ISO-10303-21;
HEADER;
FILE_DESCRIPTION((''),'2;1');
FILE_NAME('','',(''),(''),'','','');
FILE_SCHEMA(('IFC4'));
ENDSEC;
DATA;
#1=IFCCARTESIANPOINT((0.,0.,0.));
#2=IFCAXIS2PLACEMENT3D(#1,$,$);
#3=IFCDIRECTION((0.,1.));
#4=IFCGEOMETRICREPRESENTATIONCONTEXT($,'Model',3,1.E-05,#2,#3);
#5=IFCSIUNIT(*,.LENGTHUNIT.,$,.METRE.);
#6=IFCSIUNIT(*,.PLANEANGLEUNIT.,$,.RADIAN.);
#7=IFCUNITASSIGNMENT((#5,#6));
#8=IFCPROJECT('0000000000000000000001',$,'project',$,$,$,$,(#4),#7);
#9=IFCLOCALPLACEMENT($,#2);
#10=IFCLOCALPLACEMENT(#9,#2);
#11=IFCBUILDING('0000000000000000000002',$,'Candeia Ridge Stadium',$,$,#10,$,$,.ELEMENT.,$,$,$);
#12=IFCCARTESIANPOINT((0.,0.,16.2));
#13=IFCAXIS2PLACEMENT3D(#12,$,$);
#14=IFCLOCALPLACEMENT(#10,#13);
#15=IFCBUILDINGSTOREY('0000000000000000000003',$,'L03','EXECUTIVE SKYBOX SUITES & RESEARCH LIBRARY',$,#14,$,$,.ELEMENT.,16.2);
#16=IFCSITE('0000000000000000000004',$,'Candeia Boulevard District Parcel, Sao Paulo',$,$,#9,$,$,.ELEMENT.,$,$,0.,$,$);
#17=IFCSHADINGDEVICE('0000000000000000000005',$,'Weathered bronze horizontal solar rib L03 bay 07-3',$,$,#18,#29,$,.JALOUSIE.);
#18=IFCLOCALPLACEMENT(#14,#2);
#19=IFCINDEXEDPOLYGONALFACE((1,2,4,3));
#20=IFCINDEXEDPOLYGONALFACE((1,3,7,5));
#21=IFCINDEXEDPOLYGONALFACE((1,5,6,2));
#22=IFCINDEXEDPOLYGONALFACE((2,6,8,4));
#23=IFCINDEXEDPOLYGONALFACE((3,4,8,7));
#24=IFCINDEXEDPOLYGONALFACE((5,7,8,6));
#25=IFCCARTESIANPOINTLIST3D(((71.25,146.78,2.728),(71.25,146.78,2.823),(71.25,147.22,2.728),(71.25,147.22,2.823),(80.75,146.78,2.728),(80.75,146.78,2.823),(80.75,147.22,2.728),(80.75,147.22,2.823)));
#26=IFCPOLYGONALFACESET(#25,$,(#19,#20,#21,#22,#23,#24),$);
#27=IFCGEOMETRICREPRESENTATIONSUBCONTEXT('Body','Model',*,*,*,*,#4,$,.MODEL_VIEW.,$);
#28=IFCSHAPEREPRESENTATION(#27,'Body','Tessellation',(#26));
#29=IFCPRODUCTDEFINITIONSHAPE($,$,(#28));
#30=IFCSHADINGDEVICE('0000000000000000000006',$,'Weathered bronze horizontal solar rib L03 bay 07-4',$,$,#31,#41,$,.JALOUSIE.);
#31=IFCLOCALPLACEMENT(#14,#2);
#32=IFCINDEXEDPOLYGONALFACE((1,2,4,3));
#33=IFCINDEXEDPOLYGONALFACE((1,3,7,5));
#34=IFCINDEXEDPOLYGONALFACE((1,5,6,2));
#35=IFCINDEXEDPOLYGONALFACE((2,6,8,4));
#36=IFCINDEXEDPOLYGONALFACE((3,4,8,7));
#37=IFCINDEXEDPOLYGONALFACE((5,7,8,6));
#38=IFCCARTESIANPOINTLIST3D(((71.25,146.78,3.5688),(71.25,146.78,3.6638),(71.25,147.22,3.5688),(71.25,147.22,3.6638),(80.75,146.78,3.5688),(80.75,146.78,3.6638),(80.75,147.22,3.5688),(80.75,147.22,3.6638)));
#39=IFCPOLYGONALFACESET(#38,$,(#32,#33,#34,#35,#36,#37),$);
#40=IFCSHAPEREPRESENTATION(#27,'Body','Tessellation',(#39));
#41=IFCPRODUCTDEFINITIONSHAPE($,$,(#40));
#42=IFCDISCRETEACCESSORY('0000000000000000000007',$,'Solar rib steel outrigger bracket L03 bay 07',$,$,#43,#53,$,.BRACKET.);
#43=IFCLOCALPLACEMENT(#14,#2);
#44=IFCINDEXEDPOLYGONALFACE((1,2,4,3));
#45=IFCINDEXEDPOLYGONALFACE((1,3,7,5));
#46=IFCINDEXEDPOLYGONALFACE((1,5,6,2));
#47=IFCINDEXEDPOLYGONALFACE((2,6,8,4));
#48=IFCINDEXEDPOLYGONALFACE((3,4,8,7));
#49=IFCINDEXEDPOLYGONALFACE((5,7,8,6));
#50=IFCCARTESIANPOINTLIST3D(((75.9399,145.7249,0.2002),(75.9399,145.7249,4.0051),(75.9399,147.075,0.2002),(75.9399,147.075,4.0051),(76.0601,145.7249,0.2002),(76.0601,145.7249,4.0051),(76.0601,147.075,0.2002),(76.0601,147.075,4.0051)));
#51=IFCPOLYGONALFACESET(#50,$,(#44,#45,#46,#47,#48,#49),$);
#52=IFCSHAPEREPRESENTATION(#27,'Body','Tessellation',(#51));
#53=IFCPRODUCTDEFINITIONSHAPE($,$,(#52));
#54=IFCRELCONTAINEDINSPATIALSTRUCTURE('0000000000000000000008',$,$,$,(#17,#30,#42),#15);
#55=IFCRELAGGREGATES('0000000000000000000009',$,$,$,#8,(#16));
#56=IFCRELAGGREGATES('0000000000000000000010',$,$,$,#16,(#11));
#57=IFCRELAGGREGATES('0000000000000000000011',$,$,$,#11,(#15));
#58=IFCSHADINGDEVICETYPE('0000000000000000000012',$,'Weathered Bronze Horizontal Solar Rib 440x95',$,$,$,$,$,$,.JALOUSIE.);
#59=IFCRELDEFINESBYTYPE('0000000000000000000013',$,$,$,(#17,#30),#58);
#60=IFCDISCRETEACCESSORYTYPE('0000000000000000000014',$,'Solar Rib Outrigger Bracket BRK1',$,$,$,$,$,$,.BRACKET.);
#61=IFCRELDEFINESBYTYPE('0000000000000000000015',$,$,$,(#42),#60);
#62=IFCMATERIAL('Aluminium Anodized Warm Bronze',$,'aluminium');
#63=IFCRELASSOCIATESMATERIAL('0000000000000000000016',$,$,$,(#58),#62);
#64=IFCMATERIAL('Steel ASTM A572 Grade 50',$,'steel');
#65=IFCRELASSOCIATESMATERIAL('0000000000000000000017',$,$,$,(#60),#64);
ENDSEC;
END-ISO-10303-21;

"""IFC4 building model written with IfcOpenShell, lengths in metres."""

from ifc_helpers import new_model, si_unit, direction, frame, origin, origin_2d, place, context, subcontext, project, spatial, rectangle, extrude, material, type_object, element, save


model = new_model("IFC4")

# Units and contexts
model_context = context("Model", 3, precision=1e-05, world=origin(), true_north=direction((0.0, 1.0)))
body_context = subcontext(model_context, "Body", "Model", "MODEL_VIEW")
ifc_project = project(units=[si_unit("LENGTHUNIT", "METRE"), si_unit("PLANEANGLEUNIT", "RADIAN")], contexts=[model_context])

# Site, building, storey
site_placement = place(None, origin())
site = spatial("IfcSite", under=ifc_project, at=site_placement, Name="Candeia Boulevard District Parcel, Sao Paulo", CompositionType="ELEMENT", RefElevation=0.0)
building_placement = place(site_placement, origin())
building = spatial("IfcBuilding", under=site, at=building_placement, Name="Candeia Ridge Stadium", CompositionType="ELEMENT")
storey_placement = place(building_placement, frame((0.0, 0.0, 16.2)))
storey = spatial("IfcBuildingStorey", under=building, at=storey_placement, Name="L03", Description="EXECUTIVE SKYBOX SUITES & RESEARCH LIBRARY", CompositionType="ELEMENT", Elevation=16.2)

# Shared definitions
ifc_material_1 = material(Name="Aluminium Anodized Warm Bronze", Category="aluminium")

# Shading devices
shading_device_type = type_object("IfcShadingDeviceType", Name="Weathered Bronze Horizontal Solar Rib 440x95", PredefinedType="JALOUSIE", material=ifc_material_1)
for number, where, z_axis, x_axis, name in (
    (1, (76.0, 147.0, 2.728), (0.0, 0.0, 1.0), (-1.0, 0.0, 0.0), "Weathered bronze horizontal solar rib L03 bay 07-3"),
    (2, (76.0, 147.0, 3.5688), (0.0, 0.0, 1.0), (-1.0, 0.0, 0.0), "Weathered bronze horizontal solar rib L03 bay 07-4"),
):
    element("IfcShadingDevice", number, at=place(storey_placement, frame(where, z_axis=z_axis, x_axis=x_axis)), inside=storey, type_object=shading_device_type, Name=name, PredefinedType="JALOUSIE", context=body_context, shape_type="SweptSolid", body=[
        extrude(rectangle(XDim=9.5, YDim=0.4399, at=origin_2d()), origin(), (0.0, 0.0, 1.0), 0.095),
    ])

# Discrete accessory
ifc_material_2 = material(Name="Steel ASTM A572 Grade 50", Category="steel")
discrete_accessory_type = type_object("IfcDiscreteAccessoryType", Name="Solar Rib Outrigger Bracket BRK1", PredefinedType="BRACKET", material=ifc_material_2)
discrete_accessory_placement = place(storey_placement, frame((76.0, 146.3999, 0.2002), z_axis=(0.0, 0.0, 1.0), x_axis=(0.0, 1.0, 0.0)))
element("IfcDiscreteAccessory", 3, at=discrete_accessory_placement, inside=storey, type_object=discrete_accessory_type, Name="Solar rib steel outrigger bracket L03 bay 07", PredefinedType="BRACKET", context=body_context, shape_type="SweptSolid", body=[
    extrude(rectangle(XDim=1.3501, YDim=0.1201, at=origin_2d()), origin(), (0.0, 0.0, 1.0), 3.8049),
])

save(model, "model.ifc")
